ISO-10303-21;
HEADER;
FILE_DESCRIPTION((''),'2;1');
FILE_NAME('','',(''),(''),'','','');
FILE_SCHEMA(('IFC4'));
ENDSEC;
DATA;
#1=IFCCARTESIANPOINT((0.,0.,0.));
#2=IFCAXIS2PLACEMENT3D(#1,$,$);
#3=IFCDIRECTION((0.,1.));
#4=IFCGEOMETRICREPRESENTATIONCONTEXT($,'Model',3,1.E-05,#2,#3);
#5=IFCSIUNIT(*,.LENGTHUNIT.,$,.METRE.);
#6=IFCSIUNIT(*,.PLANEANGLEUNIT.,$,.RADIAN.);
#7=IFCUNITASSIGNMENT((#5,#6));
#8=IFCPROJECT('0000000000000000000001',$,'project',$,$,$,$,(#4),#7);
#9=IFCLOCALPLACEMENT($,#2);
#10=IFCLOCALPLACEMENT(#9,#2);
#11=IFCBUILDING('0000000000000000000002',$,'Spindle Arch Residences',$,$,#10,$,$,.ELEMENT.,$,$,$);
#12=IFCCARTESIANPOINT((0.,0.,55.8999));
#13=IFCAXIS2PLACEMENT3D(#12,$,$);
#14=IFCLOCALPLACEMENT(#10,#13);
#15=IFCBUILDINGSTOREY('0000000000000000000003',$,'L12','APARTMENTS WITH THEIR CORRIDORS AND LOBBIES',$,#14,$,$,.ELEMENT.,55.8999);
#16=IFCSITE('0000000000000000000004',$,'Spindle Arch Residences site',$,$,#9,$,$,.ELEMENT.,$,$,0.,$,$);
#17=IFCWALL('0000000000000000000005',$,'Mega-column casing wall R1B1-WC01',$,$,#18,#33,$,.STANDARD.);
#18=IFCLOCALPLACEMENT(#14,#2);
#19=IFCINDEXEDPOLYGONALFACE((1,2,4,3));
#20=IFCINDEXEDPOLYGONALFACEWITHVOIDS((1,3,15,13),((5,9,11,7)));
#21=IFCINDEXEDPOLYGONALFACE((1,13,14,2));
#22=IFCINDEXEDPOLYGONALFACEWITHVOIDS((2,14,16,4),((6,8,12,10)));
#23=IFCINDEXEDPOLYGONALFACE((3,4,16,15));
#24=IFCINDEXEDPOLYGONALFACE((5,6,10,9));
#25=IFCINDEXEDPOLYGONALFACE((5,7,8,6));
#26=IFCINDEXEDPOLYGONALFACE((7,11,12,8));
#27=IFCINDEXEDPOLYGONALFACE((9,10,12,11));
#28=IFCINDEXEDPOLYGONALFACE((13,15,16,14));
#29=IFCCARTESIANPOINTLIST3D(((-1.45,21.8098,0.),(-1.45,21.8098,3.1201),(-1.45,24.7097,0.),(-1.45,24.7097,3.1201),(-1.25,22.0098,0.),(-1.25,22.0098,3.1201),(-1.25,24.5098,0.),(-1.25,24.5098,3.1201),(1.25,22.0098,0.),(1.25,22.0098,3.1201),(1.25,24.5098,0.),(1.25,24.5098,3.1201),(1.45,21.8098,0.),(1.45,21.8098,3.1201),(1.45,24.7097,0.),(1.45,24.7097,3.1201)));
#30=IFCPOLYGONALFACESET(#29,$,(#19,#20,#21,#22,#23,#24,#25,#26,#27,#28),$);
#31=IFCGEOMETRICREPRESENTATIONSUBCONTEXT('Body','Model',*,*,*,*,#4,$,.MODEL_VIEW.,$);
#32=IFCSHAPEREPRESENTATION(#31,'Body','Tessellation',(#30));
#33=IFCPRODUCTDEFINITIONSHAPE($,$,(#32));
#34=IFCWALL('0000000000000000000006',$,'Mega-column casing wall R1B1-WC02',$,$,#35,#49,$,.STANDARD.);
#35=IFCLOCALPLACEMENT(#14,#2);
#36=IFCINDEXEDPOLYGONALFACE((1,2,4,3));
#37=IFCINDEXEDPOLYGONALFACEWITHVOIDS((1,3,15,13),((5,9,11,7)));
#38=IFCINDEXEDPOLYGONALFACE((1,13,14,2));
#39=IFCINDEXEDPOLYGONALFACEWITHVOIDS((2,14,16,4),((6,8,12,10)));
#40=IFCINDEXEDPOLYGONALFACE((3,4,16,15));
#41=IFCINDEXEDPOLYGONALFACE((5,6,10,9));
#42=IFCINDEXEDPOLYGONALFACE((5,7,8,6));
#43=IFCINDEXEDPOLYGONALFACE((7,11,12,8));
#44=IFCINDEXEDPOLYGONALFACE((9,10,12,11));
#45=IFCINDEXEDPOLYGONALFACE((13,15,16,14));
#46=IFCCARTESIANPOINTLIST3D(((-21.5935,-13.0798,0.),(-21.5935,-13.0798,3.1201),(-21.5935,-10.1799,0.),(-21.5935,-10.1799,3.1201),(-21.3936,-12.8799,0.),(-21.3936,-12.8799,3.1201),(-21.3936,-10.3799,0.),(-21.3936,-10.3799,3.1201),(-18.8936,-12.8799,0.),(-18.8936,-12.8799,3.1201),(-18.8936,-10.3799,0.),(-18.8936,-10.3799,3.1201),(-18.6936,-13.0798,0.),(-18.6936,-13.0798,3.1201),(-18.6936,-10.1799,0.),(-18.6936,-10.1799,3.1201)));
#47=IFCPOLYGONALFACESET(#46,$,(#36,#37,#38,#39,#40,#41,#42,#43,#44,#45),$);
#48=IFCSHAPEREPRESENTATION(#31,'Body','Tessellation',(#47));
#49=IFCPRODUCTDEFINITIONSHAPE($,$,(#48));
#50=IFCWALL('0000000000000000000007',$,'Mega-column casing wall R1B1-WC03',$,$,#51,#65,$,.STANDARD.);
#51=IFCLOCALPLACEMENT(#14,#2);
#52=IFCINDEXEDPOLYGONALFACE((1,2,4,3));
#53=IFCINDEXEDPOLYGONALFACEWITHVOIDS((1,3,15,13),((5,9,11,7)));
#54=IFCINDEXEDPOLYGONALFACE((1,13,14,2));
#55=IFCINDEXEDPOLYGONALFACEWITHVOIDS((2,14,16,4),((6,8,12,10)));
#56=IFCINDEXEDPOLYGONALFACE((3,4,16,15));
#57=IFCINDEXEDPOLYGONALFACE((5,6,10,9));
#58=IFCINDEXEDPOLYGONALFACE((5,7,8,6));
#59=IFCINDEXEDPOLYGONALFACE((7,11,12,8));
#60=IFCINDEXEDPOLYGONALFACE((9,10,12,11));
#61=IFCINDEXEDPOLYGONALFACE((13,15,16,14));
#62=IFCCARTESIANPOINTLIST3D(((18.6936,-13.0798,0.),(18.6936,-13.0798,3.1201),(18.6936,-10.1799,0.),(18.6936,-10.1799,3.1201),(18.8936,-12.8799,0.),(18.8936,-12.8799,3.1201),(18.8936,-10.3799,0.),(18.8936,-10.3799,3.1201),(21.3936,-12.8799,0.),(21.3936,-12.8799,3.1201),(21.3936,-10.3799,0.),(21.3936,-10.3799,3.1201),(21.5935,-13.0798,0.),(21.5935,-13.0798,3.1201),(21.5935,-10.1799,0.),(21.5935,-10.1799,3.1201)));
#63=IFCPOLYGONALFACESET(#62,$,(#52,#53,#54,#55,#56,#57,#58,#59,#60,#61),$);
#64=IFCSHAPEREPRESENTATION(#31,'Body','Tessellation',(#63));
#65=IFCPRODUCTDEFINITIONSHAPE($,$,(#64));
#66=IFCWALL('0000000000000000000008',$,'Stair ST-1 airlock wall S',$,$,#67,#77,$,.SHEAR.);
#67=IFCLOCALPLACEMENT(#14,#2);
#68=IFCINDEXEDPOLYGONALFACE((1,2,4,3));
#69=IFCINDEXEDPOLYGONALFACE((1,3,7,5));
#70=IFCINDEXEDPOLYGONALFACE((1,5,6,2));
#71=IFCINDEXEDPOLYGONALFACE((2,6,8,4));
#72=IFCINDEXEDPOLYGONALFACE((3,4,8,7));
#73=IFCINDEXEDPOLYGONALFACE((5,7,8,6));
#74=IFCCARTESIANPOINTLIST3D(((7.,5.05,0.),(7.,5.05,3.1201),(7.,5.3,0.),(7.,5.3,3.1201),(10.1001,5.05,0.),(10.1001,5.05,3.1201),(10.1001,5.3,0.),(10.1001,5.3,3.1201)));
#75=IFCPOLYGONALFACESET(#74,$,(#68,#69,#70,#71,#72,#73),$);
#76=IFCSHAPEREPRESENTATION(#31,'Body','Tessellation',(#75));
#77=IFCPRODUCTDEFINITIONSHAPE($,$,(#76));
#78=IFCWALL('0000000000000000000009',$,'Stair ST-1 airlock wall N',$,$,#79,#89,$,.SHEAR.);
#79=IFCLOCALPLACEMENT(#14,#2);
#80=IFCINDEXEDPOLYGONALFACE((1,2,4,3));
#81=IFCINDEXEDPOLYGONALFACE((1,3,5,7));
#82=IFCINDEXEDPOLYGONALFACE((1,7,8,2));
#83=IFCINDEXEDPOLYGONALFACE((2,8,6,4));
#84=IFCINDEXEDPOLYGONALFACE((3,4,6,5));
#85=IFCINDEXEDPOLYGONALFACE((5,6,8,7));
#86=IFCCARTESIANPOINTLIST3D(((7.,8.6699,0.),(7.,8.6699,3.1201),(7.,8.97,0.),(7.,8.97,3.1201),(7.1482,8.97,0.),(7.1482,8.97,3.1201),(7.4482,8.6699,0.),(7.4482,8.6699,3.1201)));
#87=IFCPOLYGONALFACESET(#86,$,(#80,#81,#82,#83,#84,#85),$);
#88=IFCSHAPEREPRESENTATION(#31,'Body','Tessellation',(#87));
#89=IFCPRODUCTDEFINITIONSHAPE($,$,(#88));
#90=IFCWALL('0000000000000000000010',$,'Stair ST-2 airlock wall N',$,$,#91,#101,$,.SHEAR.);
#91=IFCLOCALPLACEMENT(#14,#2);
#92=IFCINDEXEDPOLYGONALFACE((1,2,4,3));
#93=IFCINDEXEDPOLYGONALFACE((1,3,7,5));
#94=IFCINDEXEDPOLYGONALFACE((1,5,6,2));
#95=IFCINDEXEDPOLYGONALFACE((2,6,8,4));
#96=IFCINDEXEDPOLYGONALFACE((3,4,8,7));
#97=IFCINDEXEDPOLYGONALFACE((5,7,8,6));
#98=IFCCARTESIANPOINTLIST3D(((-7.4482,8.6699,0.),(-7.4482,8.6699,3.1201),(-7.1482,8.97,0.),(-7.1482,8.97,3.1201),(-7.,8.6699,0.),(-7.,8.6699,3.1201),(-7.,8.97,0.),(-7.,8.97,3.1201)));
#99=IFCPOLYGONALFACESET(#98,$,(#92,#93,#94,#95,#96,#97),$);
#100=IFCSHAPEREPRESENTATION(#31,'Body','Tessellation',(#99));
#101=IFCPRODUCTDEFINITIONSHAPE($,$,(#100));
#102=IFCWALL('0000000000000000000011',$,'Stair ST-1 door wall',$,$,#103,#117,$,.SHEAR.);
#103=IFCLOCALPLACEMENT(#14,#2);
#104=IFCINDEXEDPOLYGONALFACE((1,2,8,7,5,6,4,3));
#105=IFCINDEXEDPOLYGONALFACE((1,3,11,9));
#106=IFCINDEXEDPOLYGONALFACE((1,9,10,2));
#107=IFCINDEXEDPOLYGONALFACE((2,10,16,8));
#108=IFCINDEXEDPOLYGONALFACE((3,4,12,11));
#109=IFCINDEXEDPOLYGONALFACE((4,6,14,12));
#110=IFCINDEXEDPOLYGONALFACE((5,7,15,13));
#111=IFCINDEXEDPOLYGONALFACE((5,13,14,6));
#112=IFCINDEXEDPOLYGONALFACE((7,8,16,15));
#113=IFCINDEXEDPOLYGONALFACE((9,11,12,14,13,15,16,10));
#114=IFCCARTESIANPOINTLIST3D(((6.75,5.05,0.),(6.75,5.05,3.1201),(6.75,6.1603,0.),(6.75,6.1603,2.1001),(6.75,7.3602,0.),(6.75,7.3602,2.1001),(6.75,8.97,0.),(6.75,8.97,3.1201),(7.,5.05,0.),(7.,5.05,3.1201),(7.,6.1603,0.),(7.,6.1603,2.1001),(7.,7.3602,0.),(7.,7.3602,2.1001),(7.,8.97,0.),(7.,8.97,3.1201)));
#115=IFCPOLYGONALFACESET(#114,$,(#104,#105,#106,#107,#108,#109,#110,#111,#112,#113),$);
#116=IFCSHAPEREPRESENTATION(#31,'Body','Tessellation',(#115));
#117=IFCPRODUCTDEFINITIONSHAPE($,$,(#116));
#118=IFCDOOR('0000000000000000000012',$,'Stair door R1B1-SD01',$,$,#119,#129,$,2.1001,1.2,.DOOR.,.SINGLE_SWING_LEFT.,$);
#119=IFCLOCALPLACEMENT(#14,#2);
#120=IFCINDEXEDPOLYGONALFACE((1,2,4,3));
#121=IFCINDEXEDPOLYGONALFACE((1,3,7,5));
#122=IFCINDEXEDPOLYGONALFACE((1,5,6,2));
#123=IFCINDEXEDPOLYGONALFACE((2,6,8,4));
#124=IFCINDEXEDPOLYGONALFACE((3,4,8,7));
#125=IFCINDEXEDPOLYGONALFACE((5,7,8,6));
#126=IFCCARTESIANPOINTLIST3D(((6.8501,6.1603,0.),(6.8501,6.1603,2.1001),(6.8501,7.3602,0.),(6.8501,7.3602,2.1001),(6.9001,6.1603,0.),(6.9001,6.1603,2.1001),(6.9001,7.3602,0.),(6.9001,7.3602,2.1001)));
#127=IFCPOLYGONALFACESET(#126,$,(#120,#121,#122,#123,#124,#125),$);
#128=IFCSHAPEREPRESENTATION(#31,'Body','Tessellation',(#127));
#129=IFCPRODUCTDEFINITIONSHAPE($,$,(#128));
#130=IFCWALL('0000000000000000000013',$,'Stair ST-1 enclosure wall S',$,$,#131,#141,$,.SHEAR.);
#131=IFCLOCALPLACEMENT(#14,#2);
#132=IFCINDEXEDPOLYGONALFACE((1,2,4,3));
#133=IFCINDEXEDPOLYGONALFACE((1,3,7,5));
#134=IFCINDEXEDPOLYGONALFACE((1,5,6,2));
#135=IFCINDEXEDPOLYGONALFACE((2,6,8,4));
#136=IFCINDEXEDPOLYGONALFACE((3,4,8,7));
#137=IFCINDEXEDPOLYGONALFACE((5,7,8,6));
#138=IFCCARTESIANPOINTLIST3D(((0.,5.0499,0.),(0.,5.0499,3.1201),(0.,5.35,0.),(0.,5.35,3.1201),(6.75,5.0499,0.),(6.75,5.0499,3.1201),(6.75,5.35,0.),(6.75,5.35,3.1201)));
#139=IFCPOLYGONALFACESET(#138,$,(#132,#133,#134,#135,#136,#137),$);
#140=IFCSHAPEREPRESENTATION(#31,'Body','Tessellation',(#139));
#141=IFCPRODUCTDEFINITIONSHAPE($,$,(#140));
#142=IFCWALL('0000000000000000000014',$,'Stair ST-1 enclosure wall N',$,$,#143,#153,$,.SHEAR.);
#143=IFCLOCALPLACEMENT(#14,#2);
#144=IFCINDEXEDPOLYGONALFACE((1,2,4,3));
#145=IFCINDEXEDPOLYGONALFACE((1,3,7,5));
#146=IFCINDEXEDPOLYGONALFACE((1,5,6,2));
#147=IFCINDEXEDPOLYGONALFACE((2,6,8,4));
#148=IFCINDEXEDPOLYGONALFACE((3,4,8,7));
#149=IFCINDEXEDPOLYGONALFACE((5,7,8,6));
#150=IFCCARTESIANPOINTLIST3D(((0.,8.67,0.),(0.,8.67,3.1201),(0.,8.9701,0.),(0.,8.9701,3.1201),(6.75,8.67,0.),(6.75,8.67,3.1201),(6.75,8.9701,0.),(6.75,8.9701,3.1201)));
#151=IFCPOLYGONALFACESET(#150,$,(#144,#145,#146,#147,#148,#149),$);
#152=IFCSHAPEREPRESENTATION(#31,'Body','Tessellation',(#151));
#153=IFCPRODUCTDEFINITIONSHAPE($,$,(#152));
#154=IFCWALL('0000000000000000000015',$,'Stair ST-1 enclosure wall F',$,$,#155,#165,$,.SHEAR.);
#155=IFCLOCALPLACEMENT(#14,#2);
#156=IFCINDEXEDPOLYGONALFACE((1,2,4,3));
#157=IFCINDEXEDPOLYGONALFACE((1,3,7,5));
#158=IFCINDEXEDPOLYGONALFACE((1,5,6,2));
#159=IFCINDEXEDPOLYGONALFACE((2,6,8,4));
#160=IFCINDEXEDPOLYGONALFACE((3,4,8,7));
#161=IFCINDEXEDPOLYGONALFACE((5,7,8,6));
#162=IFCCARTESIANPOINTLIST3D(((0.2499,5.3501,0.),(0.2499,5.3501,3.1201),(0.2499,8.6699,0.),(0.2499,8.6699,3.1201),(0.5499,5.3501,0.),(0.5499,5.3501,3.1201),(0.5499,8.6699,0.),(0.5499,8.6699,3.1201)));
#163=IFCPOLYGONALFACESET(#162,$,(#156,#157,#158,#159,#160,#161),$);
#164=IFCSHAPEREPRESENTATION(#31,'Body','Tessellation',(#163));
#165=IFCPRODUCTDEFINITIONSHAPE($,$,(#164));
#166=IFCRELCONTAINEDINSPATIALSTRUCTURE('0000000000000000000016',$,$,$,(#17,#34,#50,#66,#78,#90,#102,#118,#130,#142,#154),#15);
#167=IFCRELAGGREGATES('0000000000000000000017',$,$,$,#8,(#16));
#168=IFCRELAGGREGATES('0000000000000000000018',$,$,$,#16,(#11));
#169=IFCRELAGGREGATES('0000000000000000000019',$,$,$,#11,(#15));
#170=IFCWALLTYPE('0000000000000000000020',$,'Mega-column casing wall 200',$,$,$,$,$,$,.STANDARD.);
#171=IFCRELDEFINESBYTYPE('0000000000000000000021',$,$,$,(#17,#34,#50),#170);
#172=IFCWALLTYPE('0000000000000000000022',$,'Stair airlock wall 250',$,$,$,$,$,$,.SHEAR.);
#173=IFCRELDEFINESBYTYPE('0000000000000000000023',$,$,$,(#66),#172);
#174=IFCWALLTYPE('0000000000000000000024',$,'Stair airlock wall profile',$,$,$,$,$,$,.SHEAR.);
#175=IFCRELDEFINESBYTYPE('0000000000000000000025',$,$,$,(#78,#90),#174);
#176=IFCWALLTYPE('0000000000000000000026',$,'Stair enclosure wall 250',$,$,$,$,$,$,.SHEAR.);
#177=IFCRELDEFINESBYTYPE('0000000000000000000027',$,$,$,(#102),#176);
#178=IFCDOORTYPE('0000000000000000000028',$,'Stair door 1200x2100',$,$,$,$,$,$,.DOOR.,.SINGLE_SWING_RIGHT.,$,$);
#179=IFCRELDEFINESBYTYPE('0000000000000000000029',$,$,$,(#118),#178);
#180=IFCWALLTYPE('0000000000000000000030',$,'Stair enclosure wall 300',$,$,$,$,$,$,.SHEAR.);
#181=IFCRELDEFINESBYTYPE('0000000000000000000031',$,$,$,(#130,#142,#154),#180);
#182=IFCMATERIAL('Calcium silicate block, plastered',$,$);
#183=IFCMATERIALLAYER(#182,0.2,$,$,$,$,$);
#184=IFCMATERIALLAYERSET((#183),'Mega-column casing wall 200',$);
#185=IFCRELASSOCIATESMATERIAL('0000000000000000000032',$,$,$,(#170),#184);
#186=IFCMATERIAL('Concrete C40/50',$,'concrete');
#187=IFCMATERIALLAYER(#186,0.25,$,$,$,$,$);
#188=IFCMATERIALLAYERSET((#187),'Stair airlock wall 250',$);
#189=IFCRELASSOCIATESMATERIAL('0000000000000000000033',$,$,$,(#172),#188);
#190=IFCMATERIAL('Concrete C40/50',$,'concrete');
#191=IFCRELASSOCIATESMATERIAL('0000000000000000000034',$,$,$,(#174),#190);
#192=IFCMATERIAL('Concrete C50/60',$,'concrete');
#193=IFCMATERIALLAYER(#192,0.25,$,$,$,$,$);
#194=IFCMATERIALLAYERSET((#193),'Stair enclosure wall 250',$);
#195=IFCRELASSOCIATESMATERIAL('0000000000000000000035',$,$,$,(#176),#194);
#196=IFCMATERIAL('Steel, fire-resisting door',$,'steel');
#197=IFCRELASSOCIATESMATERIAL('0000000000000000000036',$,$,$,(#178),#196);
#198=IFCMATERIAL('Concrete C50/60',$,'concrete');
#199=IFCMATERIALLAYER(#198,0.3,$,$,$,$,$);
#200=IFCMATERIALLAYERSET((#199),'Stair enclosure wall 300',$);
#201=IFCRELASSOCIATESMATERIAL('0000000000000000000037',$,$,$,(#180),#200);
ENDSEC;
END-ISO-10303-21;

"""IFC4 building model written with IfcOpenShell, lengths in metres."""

from ifc_helpers import new_model, si_unit, direction, frame, frame_2d, origin, place, context, subcontext, project, spatial, polyline, rectangle, outline, extrude, material, layer, layer_set, type_object, element, fill, save


model = new_model("IFC4")

# Units and contexts
model_context = context("Model", 3, precision=1e-05, world=origin(), true_north=direction((0.0, 1.0)))
body_context = subcontext(model_context, "Body", "Model", "MODEL_VIEW")
ifc_project = project(units=[si_unit("LENGTHUNIT", "METRE"), si_unit("PLANEANGLEUNIT", "RADIAN")], contexts=[model_context])

# Site, building, storey
site_placement = place(None, origin())
site = spatial("IfcSite", under=ifc_project, at=site_placement, Name="Spindle Arch Residences site", CompositionType="ELEMENT", RefElevation=0.0)
building_placement = place(site_placement, origin())
building = spatial("IfcBuilding", under=site, at=building_placement, Name="Spindle Arch Residences", CompositionType="ELEMENT")
storey_placement = place(building_placement, frame((0.0, 0.0, 55.8999)))
storey = spatial("IfcBuildingStorey", under=building, at=storey_placement, Name="L12", Description="APARTMENTS WITH THEIR CORRIDORS AND LOBBIES", CompositionType="ELEMENT", Elevation=55.8999)

# Walls
ifc_material_1 = material(Name="Calcium silicate block, plastered")
ifc_layer_1 = layer(ifc_material_1, 0.2)
ifc_layer_set_1 = layer_set([ifc_layer_1], Name="Mega-column casing wall 200")
wall_type_1 = type_object("IfcWallType", Name="Mega-column casing wall 200", PredefinedType="STANDARD", material=ifc_layer_set_1)
wall_1_placement = place(storey_placement, origin())
element("IfcWall", 1, at=wall_1_placement, inside=storey, type_object=wall_type_1, Name="Mega-column casing wall R1B1-WC01", PredefinedType="STANDARD", context=body_context, shape_type="SweptSolid", body=[
    extrude(outline(polyline([(1.45, 24.7097), (1.45, 21.8098), (-1.45, 21.8098), (-1.45, 24.7097), (1.45, 24.7097)]), holes=[polyline([(-1.25, 22.0098), (1.25, 22.0098), (1.25, 24.5098), (-1.25, 24.5098), (-1.25, 22.0098)])]), origin(), (0.0, 0.0, 1.0), 3.1201),
])
wall_2_placement = place(storey_placement, origin())
element("IfcWall", 2, at=wall_2_placement, inside=storey, type_object=wall_type_1, Name="Mega-column casing wall R1B1-WC02", PredefinedType="STANDARD", context=body_context, shape_type="SweptSolid", body=[
    extrude(outline(polyline([(-18.6936, -10.1799), (-18.6936, -13.0798), (-21.5935, -13.0798), (-21.5935, -10.1799), (-18.6936, -10.1799)]), holes=[polyline([(-21.3936, -12.8799), (-18.8936, -12.8799), (-18.8936, -10.3799), (-21.3936, -10.3799), (-21.3936, -12.8799)])]), origin(), (0.0, 0.0, 1.0), 3.1201),
])
wall_3_placement = place(storey_placement, origin())
element("IfcWall", 3, at=wall_3_placement, inside=storey, type_object=wall_type_1, Name="Mega-column casing wall R1B1-WC03", PredefinedType="STANDARD", context=body_context, shape_type="SweptSolid", body=[
    extrude(outline(polyline([(21.5935, -10.1799), (21.5935, -13.0798), (18.6936, -13.0798), (18.6936, -10.1799), (21.5935, -10.1799)]), holes=[polyline([(18.8936, -12.8799), (21.3936, -12.8799), (21.3936, -10.3799), (18.8936, -10.3799), (18.8936, -12.8799)])]), origin(), (0.0, 0.0, 1.0), 3.1201),
])
ifc_material_2 = material(Name="Concrete C40/50", Category="concrete")
ifc_layer_2 = layer(ifc_material_2, 0.25)
ifc_layer_set_2 = layer_set([ifc_layer_2], Name="Stair airlock wall 250")
wall_type_2 = type_object("IfcWallType", Name="Stair airlock wall 250", PredefinedType="SHEAR", material=ifc_layer_set_2)
wall_4_placement = place(storey_placement, frame((7.0, 5.175, 0.0), z_axis=(0.0, 0.0, 1.0), x_axis=(1.0, 0.0, 0.0)))
element("IfcWall", 4, at=wall_4_placement, inside=storey, type_object=wall_type_2, Name="Stair ST-1 airlock wall S", PredefinedType="SHEAR", context=body_context, shape_type="SweptSolid", body=[
    extrude(rectangle(XDim=3.1001, YDim=0.25, at=frame_2d((1.55, 0.0))), origin(), (0.0, 0.0, 1.0), 3.1201),
])
ifc_material_3 = material(Name="Concrete C40/50", Category="concrete")
wall_type_3 = type_object("IfcWallType", Name="Stair airlock wall profile", PredefinedType="SHEAR", material=ifc_material_3)
wall_5_placement = place(storey_placement, origin())
element("IfcWall", 5, at=wall_5_placement, inside=storey, type_object=wall_type_3, Name="Stair ST-1 airlock wall N", PredefinedType="SHEAR", context=body_context, shape_type="SweptSolid", body=[
    extrude(outline(polyline([(7.4482, 8.6699), (7.0, 8.6699), (7.0, 8.97), (7.1482, 8.97), (7.4482, 8.6699)])), origin(), (0.0, 0.0, 1.0), 3.1201),
])
wall_6_placement = place(storey_placement, origin())
element("IfcWall", 6, at=wall_6_placement, inside=storey, type_object=wall_type_3, Name="Stair ST-2 airlock wall N", PredefinedType="SHEAR", context=body_context, shape_type="SweptSolid", body=[
    extrude(outline(polyline([(-7.1482, 8.97), (-7.0, 8.97), (-7.0, 8.6699), (-7.4482, 8.6699), (-7.1482, 8.97)])), origin(), (0.0, 0.0, 1.0), 3.1201),
])

# Wall, opening, door
ifc_material_4 = material(Name="Concrete C50/60", Category="concrete")
ifc_layer_3 = layer(ifc_material_4, 0.25)
ifc_layer_set_3 = layer_set([ifc_layer_3], Name="Stair enclosure wall 250")
wall_type_4 = type_object("IfcWallType", Name="Stair enclosure wall 250", PredefinedType="SHEAR", material=ifc_layer_set_3)
wall_7_placement = place(storey_placement, frame((6.875, 5.05, 0.0), z_axis=(0.0, 0.0, 1.0), x_axis=(0.0, 1.0, 0.0)))
wall_7 = element("IfcWall", 7, at=wall_7_placement, inside=storey, type_object=wall_type_4, Name="Stair ST-1 door wall", PredefinedType="SHEAR", context=body_context, shape_type="SweptSolid", body=[
    extrude(rectangle(XDim=3.9199, YDim=0.25, at=frame_2d((1.96, 0.0))), origin(), (0.0, 0.0, 1.0), 3.1201),
])
opening_1_placement = place(wall_7_placement, frame((1.1101, 0.0, 0.0)))
opening_1 = element("IfcOpeningElement", 8, at=opening_1_placement, cuts=wall_7, PredefinedType="OPENING", context=body_context, shape_type="SweptSolid", body=[
    extrude(rectangle(XDim=1.2, YDim=2.1001, at=frame_2d((0.6001, 1.05))), frame((0.0, 0.135, 0.0), z_axis=(0.0, -1.0, 0.0), x_axis=(1.0, 0.0, 0.0)), (0.0, 0.0, 1.0), 0.27),
])
ifc_material_5 = material(Name="Steel, fire-resisting door", Category="steel")
door_type_1 = type_object("IfcDoorType", Name="Stair door 1200x2100", OperationType="SINGLE_SWING_RIGHT", PredefinedType="DOOR", material=ifc_material_5)
door_1_placement = place(opening_1_placement, origin())
door_1 = element("IfcDoor", 9, at=door_1_placement, inside=storey, type_object=door_type_1, Name="Stair door R1B1-SD01", OperationType="SINGLE_SWING_LEFT", OverallHeight=2.1001, OverallWidth=1.2, PredefinedType="DOOR", context=body_context, shape_type="SweptSolid", body=[
    extrude(rectangle(XDim=1.2, YDim=2.1001, at=frame_2d((0.6001, 1.05))), frame((0.0, 0.0249, 0.0), z_axis=(0.0, -1.0, 0.0), x_axis=(1.0, 0.0, 0.0)), (0.0, 0.0, 1.0), 0.05),
])
fill(opening_1, door_1)

# Walls
ifc_material_6 = material(Name="Concrete C50/60", Category="concrete")
ifc_layer_4 = layer(ifc_material_6, 0.3)
ifc_layer_set_4 = layer_set([ifc_layer_4], Name="Stair enclosure wall 300")
wall_type_5 = type_object("IfcWallType", Name="Stair enclosure wall 300", PredefinedType="SHEAR", material=ifc_layer_set_4)
for number, where, z_axis, x_axis, name in (
    (10, (0.0, 5.2, 0.0), (0.0, 0.0, 1.0), (1.0, 0.0, 0.0), "Stair ST-1 enclosure wall S"),
    (11, (0.0, 8.8201, 0.0), (0.0, 0.0, 1.0), (1.0, 0.0, 0.0), "Stair ST-1 enclosure wall N"),
):
    element("IfcWall", number, at=place(storey_placement, frame(where, z_axis=z_axis, x_axis=x_axis)), inside=storey, type_object=wall_type_5, Name=name, PredefinedType="SHEAR", context=body_context, shape_type="SweptSolid", body=[
        extrude(rectangle(XDim=6.75, YDim=0.3, at=frame_2d((3.375, 0.0))), origin(), (0.0, 0.0, 1.0), 3.1201),
    ])
wall_8_placement = place(storey_placement, frame((0.3999, 5.3501, 0.0), z_axis=(0.0, 0.0, 1.0), x_axis=(0.0, 1.0, 0.0)))
element("IfcWall", 12, at=wall_8_placement, inside=storey, type_object=wall_type_5, Name="Stair ST-1 enclosure wall F", PredefinedType="SHEAR", context=body_context, shape_type="SweptSolid", body=[
    extrude(rectangle(XDim=3.3198, YDim=0.3, at=frame_2d((1.6599, 0.0))), origin(), (0.0, 0.0, 1.0), 3.1201),
])

save(model, "model.ifc")
